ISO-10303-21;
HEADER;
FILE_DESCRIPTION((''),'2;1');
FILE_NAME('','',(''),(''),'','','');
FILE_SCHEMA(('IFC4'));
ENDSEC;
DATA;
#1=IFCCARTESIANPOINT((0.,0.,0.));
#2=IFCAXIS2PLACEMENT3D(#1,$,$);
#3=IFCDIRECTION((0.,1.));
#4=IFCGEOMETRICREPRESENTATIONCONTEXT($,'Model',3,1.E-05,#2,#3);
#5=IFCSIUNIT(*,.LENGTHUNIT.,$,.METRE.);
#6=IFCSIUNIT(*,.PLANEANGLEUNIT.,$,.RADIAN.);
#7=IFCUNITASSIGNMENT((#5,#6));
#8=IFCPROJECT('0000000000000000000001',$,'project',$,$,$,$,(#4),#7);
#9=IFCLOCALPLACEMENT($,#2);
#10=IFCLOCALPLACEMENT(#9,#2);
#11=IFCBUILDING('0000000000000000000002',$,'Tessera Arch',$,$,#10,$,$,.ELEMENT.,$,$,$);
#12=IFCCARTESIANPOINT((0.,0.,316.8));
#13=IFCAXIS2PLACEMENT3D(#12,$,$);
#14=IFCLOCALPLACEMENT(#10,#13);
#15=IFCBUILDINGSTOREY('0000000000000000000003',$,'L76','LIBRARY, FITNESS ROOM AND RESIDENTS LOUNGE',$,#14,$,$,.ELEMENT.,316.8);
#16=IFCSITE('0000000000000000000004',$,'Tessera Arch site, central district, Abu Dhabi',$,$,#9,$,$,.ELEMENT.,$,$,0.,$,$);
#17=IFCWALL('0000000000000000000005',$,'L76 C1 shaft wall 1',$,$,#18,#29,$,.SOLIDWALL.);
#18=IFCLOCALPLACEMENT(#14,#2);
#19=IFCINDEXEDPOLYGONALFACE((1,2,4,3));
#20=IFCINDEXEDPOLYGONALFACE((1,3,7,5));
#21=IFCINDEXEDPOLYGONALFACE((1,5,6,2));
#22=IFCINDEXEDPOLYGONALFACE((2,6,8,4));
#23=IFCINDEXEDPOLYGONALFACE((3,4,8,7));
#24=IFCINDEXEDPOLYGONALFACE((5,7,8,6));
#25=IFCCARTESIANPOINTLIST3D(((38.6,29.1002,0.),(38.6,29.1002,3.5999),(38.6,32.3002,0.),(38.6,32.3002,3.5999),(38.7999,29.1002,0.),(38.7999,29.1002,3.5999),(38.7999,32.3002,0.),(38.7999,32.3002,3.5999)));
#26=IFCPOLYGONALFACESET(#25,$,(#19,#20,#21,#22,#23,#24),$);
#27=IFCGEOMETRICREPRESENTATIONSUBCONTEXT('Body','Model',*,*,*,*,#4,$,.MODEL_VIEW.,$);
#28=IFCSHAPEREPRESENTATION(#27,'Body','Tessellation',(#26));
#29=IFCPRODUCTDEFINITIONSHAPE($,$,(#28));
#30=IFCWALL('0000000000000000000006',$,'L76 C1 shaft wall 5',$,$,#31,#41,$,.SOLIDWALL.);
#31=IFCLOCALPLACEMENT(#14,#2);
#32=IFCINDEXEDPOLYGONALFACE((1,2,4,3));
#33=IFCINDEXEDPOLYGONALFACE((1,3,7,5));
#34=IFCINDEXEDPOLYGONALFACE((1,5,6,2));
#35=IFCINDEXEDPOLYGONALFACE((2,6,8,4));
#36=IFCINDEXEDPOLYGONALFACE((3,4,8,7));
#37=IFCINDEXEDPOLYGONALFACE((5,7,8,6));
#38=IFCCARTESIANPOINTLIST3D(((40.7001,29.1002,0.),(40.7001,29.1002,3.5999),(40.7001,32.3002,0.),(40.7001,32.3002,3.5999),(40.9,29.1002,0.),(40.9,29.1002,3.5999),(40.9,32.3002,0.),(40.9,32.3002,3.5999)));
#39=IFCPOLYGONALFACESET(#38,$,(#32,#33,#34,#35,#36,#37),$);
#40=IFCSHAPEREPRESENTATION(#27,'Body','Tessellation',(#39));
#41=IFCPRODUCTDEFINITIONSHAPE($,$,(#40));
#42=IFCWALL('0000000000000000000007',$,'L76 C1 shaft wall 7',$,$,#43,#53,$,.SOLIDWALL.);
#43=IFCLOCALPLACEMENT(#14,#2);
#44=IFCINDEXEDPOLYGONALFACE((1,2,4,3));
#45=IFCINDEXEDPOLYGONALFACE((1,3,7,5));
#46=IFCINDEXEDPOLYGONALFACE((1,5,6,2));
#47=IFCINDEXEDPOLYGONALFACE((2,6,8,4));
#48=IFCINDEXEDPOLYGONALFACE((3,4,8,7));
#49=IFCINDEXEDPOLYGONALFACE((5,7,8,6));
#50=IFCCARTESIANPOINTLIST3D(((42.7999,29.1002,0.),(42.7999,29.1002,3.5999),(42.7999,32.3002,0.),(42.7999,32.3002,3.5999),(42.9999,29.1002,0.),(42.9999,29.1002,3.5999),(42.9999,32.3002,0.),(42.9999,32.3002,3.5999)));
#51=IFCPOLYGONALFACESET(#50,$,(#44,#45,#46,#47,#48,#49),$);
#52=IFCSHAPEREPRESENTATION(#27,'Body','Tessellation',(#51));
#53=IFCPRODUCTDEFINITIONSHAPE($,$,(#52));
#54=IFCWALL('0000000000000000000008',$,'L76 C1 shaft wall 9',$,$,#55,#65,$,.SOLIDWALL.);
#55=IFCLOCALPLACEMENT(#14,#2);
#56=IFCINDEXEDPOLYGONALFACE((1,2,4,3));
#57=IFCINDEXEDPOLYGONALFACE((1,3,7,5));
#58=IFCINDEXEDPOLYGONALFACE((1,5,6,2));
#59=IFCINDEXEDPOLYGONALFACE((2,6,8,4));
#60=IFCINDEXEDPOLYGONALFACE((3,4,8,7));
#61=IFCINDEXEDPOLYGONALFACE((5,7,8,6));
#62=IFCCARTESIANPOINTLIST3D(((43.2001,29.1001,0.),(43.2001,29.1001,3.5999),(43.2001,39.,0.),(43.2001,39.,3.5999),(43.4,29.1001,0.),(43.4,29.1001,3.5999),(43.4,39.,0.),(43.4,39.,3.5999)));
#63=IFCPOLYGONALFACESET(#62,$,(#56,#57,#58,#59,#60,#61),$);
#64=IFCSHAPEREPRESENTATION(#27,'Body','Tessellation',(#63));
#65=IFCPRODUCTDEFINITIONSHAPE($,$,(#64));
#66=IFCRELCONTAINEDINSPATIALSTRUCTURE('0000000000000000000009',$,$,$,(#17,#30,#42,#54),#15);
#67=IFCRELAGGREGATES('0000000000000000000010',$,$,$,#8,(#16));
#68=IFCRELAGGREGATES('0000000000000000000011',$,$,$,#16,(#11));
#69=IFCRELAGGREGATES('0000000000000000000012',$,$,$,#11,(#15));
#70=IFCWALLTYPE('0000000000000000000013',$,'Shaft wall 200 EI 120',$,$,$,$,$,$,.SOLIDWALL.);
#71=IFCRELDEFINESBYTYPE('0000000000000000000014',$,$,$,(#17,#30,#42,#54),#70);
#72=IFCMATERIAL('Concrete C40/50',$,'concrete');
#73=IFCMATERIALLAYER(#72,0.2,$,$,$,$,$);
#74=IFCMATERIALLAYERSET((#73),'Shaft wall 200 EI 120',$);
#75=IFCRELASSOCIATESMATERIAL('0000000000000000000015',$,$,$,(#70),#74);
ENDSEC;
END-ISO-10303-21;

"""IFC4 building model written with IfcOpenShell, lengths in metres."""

from ifc_helpers import new_model, si_unit, direction, frame, frame_2d, origin, place, context, subcontext, project, spatial, rectangle, extrude, material, layer, layer_set, type_object, element, save


model = new_model("IFC4")

# Units and contexts
model_context = context("Model", 3, precision=1e-05, world=origin(), true_north=direction((0.0, 1.0)))
body_context = subcontext(model_context, "Body", "Model", "MODEL_VIEW")
ifc_project = project(units=[si_unit("LENGTHUNIT", "METRE"), si_unit("PLANEANGLEUNIT", "RADIAN")], contexts=[model_context])

# Site, building, storey
site_placement = place(None, origin())
site = spatial("IfcSite", under=ifc_project, at=site_placement, Name="Tessera Arch site, central district, Abu Dhabi", CompositionType="ELEMENT", RefElevation=0.0)
building_placement = place(site_placement, origin())
building = spatial("IfcBuilding", under=site, at=building_placement, Name="Tessera Arch", CompositionType="ELEMENT")
storey_placement = place(building_placement, frame((0.0, 0.0, 316.8)))
storey = spatial("IfcBuildingStorey", under=building, at=storey_placement, Name="L76", Description="LIBRARY, FITNESS ROOM AND RESIDENTS LOUNGE", CompositionType="ELEMENT", Elevation=316.8)

# Walls
ifc_material_1 = material(Name="Concrete C40/50", Category="concrete")
ifc_layer_1 = layer(ifc_material_1, 0.2)
ifc_layer_set_1 = layer_set([ifc_layer_1], Name="Shaft wall 200 EI 120")
wall_type_1 = type_object("IfcWallType", Name="Shaft wall 200 EI 120", PredefinedType="SOLIDWALL", material=ifc_layer_set_1)
for number, where, z_axis, x_axis, name in (
    (1, (38.7, 29.1001, 0.0), (0.0, 0.0, 1.0), (0.0, 1.0, 0.0), "L76 C1 shaft wall 1"),
    (2, (40.8, 29.1001, 0.0), (0.0, 0.0, 1.0), (0.0, 1.0, 0.0), "L76 C1 shaft wall 5"),
    (3, (42.8999, 29.1001, 0.0), (0.0, 0.0, 1.0), (0.0, 1.0, 0.0), "L76 C1 shaft wall 7"),
):
    element("IfcWall", number, at=place(storey_placement, frame(where, z_axis=z_axis, x_axis=x_axis)), inside=storey, type_object=wall_type_1, Name=name, PredefinedType="SOLIDWALL", context=body_context, shape_type="SweptSolid", body=[
        extrude(rectangle(XDim=3.2, YDim=0.2, at=frame_2d((1.6001, 0.0))), origin(), (0.0, 0.0, 1.0), 3.5999),
    ])
wall_1_placement = place(storey_placement, frame((43.3, 29.1001, 0.0), z_axis=(0.0, 0.0, 1.0), x_axis=(0.0, 1.0, 0.0)))
element("IfcWall", 4, at=wall_1_placement, inside=storey, type_object=wall_type_1, Name="L76 C1 shaft wall 9", PredefinedType="SOLIDWALL", context=body_context, shape_type="SweptSolid", body=[
    extrude(rectangle(XDim=9.8999, YDim=0.2, at=frame_2d((4.95, 0.0))), origin(), (0.0, 0.0, 1.0), 3.5999),
])

save(model, "model.ifc")
